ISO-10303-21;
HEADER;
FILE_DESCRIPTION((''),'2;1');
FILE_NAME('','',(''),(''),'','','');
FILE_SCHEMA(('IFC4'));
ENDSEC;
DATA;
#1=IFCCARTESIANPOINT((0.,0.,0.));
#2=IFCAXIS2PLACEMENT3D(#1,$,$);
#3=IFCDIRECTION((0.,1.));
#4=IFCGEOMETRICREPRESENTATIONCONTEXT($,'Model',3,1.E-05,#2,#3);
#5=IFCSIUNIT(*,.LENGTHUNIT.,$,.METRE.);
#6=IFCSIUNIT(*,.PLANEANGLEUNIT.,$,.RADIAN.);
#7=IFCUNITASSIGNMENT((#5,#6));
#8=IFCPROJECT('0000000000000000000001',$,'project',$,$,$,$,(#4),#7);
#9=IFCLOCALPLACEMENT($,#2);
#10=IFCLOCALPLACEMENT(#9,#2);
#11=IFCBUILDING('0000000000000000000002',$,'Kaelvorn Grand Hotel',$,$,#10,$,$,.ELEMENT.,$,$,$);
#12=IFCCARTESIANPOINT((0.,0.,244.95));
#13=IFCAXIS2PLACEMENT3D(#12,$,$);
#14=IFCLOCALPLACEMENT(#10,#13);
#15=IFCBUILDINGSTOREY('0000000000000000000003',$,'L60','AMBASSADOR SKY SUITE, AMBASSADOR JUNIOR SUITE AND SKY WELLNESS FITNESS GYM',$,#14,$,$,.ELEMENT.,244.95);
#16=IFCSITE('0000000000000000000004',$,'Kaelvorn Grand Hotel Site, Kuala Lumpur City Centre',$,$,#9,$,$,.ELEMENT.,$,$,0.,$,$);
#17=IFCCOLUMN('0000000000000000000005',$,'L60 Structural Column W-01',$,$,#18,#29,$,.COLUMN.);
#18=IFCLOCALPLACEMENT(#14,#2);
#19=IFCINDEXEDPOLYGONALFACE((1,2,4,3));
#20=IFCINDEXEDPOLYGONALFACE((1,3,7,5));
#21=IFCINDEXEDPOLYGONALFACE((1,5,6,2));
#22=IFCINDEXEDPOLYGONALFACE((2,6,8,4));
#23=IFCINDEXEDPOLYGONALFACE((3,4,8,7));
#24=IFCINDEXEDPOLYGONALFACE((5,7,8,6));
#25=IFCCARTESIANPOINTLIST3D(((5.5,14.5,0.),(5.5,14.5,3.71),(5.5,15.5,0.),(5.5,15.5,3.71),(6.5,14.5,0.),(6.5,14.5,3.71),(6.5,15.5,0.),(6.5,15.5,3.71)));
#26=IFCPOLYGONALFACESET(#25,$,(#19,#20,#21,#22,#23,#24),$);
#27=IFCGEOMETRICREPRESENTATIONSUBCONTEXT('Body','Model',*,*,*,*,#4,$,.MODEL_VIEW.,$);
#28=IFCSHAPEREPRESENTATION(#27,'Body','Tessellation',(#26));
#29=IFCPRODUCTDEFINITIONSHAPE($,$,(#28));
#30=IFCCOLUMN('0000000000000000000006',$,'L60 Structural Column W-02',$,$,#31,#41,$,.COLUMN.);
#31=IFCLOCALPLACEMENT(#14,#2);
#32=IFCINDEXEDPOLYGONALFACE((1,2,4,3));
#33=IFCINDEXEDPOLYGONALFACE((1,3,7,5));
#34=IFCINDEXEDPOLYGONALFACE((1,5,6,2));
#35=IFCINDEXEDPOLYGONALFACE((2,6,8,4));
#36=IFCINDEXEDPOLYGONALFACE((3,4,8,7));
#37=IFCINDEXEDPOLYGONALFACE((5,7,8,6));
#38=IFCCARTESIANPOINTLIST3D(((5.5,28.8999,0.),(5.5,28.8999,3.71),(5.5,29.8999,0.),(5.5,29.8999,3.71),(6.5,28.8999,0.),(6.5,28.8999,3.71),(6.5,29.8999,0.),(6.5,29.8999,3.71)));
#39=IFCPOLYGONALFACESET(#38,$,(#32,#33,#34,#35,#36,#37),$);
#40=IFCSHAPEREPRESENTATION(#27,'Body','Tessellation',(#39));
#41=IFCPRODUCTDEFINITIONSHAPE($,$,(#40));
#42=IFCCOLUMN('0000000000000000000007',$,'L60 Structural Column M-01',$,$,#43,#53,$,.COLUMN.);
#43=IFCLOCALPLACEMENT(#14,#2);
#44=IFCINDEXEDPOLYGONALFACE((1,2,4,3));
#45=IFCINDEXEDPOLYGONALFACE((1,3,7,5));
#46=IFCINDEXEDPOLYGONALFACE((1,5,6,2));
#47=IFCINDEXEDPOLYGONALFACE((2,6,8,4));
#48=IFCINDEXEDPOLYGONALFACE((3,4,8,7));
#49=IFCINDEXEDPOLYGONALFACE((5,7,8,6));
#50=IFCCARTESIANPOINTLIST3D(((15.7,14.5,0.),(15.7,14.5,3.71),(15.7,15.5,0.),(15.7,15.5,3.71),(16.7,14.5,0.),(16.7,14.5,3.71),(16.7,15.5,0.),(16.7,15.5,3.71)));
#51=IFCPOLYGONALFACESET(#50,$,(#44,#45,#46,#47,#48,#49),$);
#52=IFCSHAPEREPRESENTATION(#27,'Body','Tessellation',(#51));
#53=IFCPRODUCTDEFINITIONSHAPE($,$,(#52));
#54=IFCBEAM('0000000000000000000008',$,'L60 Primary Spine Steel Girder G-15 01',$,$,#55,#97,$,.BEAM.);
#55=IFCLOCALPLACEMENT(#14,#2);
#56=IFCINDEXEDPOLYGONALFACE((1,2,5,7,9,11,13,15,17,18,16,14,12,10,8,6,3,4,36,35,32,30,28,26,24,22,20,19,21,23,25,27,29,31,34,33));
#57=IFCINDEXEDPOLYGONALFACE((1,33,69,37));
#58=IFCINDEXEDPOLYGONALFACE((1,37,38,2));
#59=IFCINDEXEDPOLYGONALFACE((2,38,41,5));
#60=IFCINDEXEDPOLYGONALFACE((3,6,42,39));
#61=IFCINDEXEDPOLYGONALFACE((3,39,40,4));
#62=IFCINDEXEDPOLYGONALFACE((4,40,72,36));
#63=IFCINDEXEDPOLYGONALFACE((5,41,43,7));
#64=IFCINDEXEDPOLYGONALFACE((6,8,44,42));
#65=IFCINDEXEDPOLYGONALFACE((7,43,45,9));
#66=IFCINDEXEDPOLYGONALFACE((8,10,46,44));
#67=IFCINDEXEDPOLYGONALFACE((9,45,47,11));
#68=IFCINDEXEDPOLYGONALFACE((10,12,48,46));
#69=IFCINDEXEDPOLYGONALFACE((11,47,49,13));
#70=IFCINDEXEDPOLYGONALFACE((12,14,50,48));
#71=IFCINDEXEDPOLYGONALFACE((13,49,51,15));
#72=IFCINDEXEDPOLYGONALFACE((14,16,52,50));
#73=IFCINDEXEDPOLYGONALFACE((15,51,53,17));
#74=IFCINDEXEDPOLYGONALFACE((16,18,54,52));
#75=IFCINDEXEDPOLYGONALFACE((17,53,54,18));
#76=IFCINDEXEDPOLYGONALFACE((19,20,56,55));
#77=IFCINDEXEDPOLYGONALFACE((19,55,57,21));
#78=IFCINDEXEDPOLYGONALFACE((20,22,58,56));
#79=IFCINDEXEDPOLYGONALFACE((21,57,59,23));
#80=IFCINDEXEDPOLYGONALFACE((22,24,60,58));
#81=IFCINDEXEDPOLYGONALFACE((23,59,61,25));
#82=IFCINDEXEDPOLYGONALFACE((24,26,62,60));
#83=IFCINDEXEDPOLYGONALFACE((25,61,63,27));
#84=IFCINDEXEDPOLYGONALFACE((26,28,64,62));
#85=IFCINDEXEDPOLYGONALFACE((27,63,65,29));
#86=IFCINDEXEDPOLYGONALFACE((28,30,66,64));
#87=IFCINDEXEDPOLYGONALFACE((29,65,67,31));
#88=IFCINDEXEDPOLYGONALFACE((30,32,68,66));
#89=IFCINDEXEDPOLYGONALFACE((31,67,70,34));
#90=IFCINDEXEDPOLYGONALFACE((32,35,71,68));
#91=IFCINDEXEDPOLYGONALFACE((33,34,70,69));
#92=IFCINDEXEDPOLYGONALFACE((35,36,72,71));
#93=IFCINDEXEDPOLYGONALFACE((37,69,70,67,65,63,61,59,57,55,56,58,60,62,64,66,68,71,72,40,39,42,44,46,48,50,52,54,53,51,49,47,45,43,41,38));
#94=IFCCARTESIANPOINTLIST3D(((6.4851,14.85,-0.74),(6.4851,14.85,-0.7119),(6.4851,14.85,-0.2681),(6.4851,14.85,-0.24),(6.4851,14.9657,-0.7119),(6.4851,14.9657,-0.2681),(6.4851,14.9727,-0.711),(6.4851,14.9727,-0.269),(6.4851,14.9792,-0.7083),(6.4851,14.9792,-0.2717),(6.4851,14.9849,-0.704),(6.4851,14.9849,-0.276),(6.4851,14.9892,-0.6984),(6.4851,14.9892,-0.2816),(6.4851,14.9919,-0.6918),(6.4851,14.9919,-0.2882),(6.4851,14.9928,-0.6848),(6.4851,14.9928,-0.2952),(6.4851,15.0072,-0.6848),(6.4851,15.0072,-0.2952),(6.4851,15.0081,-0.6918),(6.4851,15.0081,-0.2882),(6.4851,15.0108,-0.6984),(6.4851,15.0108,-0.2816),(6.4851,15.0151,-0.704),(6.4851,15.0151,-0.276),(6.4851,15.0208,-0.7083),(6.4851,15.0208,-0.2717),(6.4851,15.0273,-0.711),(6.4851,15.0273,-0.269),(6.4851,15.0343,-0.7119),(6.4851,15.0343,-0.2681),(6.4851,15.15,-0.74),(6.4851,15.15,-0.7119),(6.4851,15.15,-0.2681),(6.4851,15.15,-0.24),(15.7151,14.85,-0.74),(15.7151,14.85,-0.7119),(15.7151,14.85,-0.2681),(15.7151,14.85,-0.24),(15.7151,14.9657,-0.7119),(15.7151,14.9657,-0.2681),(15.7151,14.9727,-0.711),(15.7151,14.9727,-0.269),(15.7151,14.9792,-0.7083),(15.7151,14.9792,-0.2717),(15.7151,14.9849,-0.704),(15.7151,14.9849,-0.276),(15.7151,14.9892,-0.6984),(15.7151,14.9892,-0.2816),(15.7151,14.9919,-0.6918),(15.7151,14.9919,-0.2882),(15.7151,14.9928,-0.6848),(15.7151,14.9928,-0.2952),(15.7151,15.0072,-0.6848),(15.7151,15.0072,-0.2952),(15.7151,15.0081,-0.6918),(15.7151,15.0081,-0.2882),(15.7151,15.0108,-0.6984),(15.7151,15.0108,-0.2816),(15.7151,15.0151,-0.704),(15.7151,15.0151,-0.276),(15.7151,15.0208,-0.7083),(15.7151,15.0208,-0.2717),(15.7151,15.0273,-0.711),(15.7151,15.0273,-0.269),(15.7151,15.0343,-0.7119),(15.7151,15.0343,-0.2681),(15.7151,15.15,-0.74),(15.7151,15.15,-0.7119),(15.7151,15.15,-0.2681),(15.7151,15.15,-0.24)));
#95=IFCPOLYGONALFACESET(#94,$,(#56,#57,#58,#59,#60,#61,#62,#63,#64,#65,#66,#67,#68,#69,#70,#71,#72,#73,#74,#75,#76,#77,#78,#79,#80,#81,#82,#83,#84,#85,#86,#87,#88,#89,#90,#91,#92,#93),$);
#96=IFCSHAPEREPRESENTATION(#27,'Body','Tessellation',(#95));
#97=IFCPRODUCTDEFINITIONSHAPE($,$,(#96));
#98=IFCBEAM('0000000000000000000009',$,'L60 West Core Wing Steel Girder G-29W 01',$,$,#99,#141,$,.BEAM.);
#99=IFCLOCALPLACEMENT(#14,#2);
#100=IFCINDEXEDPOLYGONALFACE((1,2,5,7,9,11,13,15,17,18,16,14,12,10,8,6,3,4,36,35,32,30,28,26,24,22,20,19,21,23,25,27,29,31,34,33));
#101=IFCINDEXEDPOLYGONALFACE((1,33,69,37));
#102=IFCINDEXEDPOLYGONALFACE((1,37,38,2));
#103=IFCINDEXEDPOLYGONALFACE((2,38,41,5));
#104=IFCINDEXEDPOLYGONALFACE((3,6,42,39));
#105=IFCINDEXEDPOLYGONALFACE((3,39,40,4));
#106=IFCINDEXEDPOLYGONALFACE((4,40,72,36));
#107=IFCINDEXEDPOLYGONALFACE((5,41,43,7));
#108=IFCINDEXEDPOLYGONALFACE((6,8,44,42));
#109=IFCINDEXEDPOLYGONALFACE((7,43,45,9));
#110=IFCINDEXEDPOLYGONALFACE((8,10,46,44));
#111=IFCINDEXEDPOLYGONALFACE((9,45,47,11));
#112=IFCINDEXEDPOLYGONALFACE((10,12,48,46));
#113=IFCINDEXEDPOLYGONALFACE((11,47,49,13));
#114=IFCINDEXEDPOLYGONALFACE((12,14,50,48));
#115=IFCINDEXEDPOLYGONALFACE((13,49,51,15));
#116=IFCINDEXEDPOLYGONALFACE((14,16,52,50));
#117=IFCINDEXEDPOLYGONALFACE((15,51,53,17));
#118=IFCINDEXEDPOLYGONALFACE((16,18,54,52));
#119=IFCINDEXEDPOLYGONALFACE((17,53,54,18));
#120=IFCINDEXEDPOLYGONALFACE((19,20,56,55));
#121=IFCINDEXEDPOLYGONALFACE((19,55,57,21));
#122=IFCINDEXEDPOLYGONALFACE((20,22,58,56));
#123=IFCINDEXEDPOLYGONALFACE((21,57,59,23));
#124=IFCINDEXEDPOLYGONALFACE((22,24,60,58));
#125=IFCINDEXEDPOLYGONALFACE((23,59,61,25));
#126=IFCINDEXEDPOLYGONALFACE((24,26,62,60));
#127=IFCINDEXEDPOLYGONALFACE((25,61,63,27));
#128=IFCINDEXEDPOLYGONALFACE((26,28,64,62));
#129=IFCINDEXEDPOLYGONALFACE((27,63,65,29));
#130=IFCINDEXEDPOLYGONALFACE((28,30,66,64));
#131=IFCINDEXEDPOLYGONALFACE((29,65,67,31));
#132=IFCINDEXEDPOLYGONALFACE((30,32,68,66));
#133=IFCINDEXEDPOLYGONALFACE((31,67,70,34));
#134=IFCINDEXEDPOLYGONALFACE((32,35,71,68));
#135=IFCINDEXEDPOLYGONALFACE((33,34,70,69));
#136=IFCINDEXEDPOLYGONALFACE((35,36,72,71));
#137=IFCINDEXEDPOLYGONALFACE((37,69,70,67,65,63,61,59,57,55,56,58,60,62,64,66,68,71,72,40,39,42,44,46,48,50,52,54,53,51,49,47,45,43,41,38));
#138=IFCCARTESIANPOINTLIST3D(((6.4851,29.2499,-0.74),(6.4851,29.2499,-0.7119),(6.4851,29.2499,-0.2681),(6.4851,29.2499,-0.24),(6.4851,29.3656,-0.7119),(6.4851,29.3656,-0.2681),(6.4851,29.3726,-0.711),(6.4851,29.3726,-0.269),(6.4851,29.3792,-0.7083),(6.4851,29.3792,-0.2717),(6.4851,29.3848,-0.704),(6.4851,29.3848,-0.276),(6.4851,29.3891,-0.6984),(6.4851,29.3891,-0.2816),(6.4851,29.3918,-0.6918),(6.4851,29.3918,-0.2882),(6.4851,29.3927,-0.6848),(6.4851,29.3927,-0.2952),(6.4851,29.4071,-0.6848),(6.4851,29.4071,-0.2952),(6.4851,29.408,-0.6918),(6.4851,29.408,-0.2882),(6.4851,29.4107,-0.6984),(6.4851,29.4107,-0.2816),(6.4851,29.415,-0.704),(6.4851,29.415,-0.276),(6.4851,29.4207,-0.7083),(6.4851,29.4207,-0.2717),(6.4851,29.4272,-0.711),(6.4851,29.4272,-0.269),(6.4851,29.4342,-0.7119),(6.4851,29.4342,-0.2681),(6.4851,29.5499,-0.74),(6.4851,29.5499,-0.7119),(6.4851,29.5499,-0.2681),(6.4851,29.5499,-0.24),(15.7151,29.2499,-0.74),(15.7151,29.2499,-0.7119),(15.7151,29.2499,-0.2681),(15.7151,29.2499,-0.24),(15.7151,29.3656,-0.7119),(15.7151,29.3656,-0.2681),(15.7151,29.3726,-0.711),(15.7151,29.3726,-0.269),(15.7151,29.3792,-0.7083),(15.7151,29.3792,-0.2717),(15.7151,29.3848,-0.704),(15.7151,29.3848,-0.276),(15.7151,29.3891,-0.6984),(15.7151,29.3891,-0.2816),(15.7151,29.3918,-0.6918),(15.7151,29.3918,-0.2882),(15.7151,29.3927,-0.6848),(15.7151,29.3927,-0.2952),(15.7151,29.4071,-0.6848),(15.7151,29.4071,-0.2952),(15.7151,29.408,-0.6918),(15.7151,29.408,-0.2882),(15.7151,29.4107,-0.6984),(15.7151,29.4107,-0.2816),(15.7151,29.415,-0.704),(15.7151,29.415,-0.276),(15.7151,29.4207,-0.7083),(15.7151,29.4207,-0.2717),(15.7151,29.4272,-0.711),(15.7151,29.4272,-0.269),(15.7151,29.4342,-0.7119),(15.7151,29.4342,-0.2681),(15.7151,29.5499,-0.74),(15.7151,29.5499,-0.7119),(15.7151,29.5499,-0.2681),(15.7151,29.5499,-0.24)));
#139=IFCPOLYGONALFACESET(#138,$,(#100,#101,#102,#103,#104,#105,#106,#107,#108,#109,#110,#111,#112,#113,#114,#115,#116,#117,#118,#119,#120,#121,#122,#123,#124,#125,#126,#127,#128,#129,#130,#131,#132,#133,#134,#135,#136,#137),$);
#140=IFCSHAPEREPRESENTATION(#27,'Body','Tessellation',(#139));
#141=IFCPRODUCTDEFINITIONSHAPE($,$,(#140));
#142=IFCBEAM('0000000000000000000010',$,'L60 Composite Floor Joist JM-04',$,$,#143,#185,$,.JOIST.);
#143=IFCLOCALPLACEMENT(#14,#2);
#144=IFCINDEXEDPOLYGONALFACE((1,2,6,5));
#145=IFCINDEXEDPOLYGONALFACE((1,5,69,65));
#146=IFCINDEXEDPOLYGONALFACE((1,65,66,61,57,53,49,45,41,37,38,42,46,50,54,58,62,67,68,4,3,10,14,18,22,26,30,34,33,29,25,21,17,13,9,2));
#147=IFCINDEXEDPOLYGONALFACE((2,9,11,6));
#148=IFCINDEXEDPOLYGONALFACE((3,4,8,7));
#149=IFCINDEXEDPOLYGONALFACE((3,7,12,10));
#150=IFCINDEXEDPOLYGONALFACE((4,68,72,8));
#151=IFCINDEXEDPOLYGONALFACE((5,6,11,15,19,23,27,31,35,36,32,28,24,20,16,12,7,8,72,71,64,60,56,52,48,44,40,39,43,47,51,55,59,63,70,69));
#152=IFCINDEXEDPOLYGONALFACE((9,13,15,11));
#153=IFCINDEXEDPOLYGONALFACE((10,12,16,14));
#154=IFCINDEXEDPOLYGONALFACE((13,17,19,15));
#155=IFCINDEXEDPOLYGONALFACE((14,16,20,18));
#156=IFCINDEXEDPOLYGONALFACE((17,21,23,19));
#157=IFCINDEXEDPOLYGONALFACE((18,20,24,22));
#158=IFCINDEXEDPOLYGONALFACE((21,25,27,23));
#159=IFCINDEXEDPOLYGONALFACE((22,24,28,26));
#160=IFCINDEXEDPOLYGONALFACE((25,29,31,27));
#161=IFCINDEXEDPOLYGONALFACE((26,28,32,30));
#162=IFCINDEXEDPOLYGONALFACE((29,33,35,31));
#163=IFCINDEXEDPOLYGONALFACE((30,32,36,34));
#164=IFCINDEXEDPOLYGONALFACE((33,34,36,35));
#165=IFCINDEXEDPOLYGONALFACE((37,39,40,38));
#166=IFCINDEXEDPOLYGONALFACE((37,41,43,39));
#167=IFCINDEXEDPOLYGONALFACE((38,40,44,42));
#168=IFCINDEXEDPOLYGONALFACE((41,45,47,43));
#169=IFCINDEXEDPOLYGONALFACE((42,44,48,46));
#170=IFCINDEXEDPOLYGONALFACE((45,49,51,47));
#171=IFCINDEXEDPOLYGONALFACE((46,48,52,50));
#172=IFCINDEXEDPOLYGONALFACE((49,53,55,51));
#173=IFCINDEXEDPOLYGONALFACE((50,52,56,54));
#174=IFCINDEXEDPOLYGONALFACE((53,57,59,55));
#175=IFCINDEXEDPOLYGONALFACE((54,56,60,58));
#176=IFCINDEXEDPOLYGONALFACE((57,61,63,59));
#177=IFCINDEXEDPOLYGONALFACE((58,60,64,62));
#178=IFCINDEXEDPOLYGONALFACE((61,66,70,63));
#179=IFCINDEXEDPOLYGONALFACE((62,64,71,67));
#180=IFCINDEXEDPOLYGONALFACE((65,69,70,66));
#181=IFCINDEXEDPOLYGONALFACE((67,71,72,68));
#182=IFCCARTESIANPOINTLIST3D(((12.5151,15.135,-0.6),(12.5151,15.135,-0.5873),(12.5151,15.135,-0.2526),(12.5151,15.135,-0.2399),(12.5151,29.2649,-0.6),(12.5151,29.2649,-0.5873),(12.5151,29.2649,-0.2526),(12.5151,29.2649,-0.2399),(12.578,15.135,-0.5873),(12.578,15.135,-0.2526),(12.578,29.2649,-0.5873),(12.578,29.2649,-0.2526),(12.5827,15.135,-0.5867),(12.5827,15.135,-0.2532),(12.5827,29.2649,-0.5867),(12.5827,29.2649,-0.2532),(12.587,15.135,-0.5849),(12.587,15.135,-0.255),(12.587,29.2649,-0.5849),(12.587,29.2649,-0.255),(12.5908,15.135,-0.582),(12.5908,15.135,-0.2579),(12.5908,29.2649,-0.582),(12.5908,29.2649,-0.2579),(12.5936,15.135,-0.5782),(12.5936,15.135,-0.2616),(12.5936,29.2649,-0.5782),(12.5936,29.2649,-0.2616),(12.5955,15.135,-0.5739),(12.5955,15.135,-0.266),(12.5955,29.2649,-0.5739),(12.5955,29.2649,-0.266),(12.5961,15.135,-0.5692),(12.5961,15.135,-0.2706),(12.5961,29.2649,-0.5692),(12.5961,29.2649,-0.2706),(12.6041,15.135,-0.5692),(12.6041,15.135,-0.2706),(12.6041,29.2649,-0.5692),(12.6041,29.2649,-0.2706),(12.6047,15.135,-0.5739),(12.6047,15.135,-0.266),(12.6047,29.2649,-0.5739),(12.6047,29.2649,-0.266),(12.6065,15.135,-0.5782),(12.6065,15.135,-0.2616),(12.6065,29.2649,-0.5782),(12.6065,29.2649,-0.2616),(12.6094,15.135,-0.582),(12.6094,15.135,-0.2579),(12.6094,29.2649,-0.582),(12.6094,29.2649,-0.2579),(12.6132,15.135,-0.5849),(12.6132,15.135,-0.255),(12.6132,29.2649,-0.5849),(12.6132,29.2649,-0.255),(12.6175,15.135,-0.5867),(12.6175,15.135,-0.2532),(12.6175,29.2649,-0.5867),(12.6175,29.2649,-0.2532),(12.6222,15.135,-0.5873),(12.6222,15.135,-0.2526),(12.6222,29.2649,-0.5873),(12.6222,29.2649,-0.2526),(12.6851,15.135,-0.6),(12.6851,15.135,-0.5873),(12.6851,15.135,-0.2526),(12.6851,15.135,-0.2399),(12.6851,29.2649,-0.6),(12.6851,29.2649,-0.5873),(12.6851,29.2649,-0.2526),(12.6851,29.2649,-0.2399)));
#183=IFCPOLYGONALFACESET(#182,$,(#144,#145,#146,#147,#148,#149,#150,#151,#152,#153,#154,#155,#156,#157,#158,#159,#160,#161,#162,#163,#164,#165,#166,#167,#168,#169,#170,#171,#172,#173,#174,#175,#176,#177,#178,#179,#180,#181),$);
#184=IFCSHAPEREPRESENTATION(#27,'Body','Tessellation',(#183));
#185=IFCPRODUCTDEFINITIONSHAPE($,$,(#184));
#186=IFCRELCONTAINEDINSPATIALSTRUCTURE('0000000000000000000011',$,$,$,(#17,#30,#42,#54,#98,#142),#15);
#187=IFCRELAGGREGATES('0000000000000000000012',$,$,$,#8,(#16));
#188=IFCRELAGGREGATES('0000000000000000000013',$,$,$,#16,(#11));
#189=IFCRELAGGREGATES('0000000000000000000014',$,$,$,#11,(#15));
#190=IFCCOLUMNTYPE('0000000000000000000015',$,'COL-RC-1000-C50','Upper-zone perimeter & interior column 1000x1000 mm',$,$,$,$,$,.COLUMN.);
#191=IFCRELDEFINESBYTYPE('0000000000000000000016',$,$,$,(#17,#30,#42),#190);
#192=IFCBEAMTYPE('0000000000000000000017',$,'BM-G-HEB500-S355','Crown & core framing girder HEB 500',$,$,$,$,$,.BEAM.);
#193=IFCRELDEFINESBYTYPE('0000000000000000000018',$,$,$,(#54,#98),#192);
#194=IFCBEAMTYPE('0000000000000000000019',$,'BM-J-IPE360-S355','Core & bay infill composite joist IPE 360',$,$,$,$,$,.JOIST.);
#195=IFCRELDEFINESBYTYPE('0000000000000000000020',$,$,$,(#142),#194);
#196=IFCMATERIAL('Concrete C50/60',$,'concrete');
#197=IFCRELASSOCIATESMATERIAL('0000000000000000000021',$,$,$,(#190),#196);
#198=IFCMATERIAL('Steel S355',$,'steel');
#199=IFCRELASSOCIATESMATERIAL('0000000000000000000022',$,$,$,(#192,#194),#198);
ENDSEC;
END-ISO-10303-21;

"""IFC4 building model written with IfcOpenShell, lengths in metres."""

from ifc_helpers import new_model, si_unit, direction, frame, origin, origin_2d, place, context, subcontext, project, spatial, rectangle, i_section, extrude, material, material_profile, profile_set, type_object, element, save


model = new_model("IFC4")

# Units and contexts
model_context = context("Model", 3, precision=1e-05, world=origin(), true_north=direction((0.0, 1.0)))
body_context = subcontext(model_context, "Body", "Model", "MODEL_VIEW")
ifc_project = project(units=[si_unit("LENGTHUNIT", "METRE"), si_unit("PLANEANGLEUNIT", "RADIAN")], contexts=[model_context])

# Site, building, storey
site_placement = place(None, origin())
site = spatial("IfcSite", under=ifc_project, at=site_placement, Name="Kaelvorn Grand Hotel Site, Kuala Lumpur City Centre", CompositionType="ELEMENT", RefElevation=0.0)
building_placement = place(site_placement, origin())
building = spatial("IfcBuilding", under=site, at=building_placement, Name="Kaelvorn Grand Hotel", CompositionType="ELEMENT")
storey_placement = place(building_placement, frame((0.0, 0.0, 244.95)))
storey = spatial("IfcBuildingStorey", under=building, at=storey_placement, Name="L60", Description="AMBASSADOR SKY SUITE, AMBASSADOR JUNIOR SUITE AND SKY WELLNESS FITNESS GYM", CompositionType="ELEMENT", Elevation=244.95)

# Columns
ifc_material_1 = material(Name="Concrete C50/60", Category="concrete")
ifc_material_profile_1 = material_profile(ifc_material_1, rectangle(XDim=1.0, YDim=1.0, at=origin_2d()), Name="RC COL 1000x1000")
ifc_profile_set_1 = profile_set([ifc_material_profile_1], Name="Concrete C50/60")
column_type = type_object("IfcColumnType", Name="COL-RC-1000-C50", Description="Upper-zone perimeter & interior column 1000x1000 mm", PredefinedType="COLUMN", material=ifc_profile_set_1)
for number, where, z_axis, x_axis, name in (
    (1, (6.0, 15.0, 0.0), (0.0, 0.0, 1.0), (1.0, 0.0, 0.0), "L60 Structural Column W-01"),
    (2, (6.0, 29.3999, 0.0), (0.0, 0.0, 1.0), (1.0, 0.0, 0.0), "L60 Structural Column W-02"),
    (3, (16.2, 15.0, 0.0), (0.0, 0.0, 1.0), (1.0, 0.0, 0.0), "L60 Structural Column M-01"),
):
    element("IfcColumn", number, at=place(storey_placement, frame(where, z_axis=z_axis, x_axis=x_axis)), inside=storey, type_object=column_type, Name=name, PredefinedType="COLUMN", context=body_context, shape_type="SweptSolid", body=[
        extrude(rectangle(XDim=1.0, YDim=1.0, at=origin_2d()), origin(), (0.0, 0.0, 1.0), 3.71),
    ])

# Beams
ifc_material_2 = material(Name="Steel S355", Category="steel")
ifc_material_profile_2 = material_profile(ifc_material_2, i_section(OverallWidth=0.3, OverallDepth=0.5, WebThickness=0.0144, FlangeThickness=0.0281, FilletRadius=0.0271, at=origin_2d()), Name="HEB 500")
ifc_profile_set_2 = profile_set([ifc_material_profile_2], Name="Steel S355")
beam_type_1 = type_object("IfcBeamType", Name="BM-G-HEB500-S355", Description="Crown & core framing girder HEB 500", PredefinedType="BEAM", material=ifc_profile_set_2)
for number, where, z_axis, x_axis, name in (
    (4, (6.4851, 15.0, -0.49), (1.0, 0.0, 0.0), (0.0, 1.0, 0.0), "L60 Primary Spine Steel Girder G-15 01"),
    (5, (6.4851, 29.3999, -0.49), (1.0, 0.0, 0.0), (0.0, 1.0, 0.0), "L60 West Core Wing Steel Girder G-29W 01"),
):
    element("IfcBeam", number, at=place(storey_placement, frame(where, z_axis=z_axis, x_axis=x_axis)), inside=storey, type_object=beam_type_1, Name=name, PredefinedType="BEAM", context=body_context, shape_type="SweptSolid", body=[
        extrude(i_section(OverallWidth=0.3, OverallDepth=0.5, WebThickness=0.0144, FlangeThickness=0.0281, FilletRadius=0.0271, at=origin_2d()), origin(), (0.0, 0.0, 1.0), 9.23),
    ])
ifc_material_profile_3 = material_profile(ifc_material_2, i_section(OverallWidth=0.1699, OverallDepth=0.3601, WebThickness=0.0081, FlangeThickness=0.0127, FilletRadius=0.0181, at=origin_2d()), Name="IPE 360")
ifc_profile_set_3 = profile_set([ifc_material_profile_3], Name="Steel S355")
beam_type_2 = type_object("IfcBeamType", Name="BM-J-IPE360-S355", Description="Core & bay infill composite joist IPE 360", PredefinedType="JOIST", material=ifc_profile_set_3)
beam_1_placement = place(storey_placement, frame((12.6001, 15.135, -0.4199), z_axis=(0.0, 1.0, 0.0), x_axis=(-1.0, 0.0, 0.0)))
element("IfcBeam", 6, at=beam_1_placement, inside=storey, type_object=beam_type_2, Name="L60 Composite Floor Joist JM-04", PredefinedType="JOIST", context=body_context, shape_type="SweptSolid", body=[
    extrude(i_section(OverallWidth=0.1699, OverallDepth=0.3601, WebThickness=0.0081, FlangeThickness=0.0127, FilletRadius=0.0181, at=origin_2d()), origin(), (0.0, 0.0, 1.0), 14.1299),
])

save(model, "model.ifc")
